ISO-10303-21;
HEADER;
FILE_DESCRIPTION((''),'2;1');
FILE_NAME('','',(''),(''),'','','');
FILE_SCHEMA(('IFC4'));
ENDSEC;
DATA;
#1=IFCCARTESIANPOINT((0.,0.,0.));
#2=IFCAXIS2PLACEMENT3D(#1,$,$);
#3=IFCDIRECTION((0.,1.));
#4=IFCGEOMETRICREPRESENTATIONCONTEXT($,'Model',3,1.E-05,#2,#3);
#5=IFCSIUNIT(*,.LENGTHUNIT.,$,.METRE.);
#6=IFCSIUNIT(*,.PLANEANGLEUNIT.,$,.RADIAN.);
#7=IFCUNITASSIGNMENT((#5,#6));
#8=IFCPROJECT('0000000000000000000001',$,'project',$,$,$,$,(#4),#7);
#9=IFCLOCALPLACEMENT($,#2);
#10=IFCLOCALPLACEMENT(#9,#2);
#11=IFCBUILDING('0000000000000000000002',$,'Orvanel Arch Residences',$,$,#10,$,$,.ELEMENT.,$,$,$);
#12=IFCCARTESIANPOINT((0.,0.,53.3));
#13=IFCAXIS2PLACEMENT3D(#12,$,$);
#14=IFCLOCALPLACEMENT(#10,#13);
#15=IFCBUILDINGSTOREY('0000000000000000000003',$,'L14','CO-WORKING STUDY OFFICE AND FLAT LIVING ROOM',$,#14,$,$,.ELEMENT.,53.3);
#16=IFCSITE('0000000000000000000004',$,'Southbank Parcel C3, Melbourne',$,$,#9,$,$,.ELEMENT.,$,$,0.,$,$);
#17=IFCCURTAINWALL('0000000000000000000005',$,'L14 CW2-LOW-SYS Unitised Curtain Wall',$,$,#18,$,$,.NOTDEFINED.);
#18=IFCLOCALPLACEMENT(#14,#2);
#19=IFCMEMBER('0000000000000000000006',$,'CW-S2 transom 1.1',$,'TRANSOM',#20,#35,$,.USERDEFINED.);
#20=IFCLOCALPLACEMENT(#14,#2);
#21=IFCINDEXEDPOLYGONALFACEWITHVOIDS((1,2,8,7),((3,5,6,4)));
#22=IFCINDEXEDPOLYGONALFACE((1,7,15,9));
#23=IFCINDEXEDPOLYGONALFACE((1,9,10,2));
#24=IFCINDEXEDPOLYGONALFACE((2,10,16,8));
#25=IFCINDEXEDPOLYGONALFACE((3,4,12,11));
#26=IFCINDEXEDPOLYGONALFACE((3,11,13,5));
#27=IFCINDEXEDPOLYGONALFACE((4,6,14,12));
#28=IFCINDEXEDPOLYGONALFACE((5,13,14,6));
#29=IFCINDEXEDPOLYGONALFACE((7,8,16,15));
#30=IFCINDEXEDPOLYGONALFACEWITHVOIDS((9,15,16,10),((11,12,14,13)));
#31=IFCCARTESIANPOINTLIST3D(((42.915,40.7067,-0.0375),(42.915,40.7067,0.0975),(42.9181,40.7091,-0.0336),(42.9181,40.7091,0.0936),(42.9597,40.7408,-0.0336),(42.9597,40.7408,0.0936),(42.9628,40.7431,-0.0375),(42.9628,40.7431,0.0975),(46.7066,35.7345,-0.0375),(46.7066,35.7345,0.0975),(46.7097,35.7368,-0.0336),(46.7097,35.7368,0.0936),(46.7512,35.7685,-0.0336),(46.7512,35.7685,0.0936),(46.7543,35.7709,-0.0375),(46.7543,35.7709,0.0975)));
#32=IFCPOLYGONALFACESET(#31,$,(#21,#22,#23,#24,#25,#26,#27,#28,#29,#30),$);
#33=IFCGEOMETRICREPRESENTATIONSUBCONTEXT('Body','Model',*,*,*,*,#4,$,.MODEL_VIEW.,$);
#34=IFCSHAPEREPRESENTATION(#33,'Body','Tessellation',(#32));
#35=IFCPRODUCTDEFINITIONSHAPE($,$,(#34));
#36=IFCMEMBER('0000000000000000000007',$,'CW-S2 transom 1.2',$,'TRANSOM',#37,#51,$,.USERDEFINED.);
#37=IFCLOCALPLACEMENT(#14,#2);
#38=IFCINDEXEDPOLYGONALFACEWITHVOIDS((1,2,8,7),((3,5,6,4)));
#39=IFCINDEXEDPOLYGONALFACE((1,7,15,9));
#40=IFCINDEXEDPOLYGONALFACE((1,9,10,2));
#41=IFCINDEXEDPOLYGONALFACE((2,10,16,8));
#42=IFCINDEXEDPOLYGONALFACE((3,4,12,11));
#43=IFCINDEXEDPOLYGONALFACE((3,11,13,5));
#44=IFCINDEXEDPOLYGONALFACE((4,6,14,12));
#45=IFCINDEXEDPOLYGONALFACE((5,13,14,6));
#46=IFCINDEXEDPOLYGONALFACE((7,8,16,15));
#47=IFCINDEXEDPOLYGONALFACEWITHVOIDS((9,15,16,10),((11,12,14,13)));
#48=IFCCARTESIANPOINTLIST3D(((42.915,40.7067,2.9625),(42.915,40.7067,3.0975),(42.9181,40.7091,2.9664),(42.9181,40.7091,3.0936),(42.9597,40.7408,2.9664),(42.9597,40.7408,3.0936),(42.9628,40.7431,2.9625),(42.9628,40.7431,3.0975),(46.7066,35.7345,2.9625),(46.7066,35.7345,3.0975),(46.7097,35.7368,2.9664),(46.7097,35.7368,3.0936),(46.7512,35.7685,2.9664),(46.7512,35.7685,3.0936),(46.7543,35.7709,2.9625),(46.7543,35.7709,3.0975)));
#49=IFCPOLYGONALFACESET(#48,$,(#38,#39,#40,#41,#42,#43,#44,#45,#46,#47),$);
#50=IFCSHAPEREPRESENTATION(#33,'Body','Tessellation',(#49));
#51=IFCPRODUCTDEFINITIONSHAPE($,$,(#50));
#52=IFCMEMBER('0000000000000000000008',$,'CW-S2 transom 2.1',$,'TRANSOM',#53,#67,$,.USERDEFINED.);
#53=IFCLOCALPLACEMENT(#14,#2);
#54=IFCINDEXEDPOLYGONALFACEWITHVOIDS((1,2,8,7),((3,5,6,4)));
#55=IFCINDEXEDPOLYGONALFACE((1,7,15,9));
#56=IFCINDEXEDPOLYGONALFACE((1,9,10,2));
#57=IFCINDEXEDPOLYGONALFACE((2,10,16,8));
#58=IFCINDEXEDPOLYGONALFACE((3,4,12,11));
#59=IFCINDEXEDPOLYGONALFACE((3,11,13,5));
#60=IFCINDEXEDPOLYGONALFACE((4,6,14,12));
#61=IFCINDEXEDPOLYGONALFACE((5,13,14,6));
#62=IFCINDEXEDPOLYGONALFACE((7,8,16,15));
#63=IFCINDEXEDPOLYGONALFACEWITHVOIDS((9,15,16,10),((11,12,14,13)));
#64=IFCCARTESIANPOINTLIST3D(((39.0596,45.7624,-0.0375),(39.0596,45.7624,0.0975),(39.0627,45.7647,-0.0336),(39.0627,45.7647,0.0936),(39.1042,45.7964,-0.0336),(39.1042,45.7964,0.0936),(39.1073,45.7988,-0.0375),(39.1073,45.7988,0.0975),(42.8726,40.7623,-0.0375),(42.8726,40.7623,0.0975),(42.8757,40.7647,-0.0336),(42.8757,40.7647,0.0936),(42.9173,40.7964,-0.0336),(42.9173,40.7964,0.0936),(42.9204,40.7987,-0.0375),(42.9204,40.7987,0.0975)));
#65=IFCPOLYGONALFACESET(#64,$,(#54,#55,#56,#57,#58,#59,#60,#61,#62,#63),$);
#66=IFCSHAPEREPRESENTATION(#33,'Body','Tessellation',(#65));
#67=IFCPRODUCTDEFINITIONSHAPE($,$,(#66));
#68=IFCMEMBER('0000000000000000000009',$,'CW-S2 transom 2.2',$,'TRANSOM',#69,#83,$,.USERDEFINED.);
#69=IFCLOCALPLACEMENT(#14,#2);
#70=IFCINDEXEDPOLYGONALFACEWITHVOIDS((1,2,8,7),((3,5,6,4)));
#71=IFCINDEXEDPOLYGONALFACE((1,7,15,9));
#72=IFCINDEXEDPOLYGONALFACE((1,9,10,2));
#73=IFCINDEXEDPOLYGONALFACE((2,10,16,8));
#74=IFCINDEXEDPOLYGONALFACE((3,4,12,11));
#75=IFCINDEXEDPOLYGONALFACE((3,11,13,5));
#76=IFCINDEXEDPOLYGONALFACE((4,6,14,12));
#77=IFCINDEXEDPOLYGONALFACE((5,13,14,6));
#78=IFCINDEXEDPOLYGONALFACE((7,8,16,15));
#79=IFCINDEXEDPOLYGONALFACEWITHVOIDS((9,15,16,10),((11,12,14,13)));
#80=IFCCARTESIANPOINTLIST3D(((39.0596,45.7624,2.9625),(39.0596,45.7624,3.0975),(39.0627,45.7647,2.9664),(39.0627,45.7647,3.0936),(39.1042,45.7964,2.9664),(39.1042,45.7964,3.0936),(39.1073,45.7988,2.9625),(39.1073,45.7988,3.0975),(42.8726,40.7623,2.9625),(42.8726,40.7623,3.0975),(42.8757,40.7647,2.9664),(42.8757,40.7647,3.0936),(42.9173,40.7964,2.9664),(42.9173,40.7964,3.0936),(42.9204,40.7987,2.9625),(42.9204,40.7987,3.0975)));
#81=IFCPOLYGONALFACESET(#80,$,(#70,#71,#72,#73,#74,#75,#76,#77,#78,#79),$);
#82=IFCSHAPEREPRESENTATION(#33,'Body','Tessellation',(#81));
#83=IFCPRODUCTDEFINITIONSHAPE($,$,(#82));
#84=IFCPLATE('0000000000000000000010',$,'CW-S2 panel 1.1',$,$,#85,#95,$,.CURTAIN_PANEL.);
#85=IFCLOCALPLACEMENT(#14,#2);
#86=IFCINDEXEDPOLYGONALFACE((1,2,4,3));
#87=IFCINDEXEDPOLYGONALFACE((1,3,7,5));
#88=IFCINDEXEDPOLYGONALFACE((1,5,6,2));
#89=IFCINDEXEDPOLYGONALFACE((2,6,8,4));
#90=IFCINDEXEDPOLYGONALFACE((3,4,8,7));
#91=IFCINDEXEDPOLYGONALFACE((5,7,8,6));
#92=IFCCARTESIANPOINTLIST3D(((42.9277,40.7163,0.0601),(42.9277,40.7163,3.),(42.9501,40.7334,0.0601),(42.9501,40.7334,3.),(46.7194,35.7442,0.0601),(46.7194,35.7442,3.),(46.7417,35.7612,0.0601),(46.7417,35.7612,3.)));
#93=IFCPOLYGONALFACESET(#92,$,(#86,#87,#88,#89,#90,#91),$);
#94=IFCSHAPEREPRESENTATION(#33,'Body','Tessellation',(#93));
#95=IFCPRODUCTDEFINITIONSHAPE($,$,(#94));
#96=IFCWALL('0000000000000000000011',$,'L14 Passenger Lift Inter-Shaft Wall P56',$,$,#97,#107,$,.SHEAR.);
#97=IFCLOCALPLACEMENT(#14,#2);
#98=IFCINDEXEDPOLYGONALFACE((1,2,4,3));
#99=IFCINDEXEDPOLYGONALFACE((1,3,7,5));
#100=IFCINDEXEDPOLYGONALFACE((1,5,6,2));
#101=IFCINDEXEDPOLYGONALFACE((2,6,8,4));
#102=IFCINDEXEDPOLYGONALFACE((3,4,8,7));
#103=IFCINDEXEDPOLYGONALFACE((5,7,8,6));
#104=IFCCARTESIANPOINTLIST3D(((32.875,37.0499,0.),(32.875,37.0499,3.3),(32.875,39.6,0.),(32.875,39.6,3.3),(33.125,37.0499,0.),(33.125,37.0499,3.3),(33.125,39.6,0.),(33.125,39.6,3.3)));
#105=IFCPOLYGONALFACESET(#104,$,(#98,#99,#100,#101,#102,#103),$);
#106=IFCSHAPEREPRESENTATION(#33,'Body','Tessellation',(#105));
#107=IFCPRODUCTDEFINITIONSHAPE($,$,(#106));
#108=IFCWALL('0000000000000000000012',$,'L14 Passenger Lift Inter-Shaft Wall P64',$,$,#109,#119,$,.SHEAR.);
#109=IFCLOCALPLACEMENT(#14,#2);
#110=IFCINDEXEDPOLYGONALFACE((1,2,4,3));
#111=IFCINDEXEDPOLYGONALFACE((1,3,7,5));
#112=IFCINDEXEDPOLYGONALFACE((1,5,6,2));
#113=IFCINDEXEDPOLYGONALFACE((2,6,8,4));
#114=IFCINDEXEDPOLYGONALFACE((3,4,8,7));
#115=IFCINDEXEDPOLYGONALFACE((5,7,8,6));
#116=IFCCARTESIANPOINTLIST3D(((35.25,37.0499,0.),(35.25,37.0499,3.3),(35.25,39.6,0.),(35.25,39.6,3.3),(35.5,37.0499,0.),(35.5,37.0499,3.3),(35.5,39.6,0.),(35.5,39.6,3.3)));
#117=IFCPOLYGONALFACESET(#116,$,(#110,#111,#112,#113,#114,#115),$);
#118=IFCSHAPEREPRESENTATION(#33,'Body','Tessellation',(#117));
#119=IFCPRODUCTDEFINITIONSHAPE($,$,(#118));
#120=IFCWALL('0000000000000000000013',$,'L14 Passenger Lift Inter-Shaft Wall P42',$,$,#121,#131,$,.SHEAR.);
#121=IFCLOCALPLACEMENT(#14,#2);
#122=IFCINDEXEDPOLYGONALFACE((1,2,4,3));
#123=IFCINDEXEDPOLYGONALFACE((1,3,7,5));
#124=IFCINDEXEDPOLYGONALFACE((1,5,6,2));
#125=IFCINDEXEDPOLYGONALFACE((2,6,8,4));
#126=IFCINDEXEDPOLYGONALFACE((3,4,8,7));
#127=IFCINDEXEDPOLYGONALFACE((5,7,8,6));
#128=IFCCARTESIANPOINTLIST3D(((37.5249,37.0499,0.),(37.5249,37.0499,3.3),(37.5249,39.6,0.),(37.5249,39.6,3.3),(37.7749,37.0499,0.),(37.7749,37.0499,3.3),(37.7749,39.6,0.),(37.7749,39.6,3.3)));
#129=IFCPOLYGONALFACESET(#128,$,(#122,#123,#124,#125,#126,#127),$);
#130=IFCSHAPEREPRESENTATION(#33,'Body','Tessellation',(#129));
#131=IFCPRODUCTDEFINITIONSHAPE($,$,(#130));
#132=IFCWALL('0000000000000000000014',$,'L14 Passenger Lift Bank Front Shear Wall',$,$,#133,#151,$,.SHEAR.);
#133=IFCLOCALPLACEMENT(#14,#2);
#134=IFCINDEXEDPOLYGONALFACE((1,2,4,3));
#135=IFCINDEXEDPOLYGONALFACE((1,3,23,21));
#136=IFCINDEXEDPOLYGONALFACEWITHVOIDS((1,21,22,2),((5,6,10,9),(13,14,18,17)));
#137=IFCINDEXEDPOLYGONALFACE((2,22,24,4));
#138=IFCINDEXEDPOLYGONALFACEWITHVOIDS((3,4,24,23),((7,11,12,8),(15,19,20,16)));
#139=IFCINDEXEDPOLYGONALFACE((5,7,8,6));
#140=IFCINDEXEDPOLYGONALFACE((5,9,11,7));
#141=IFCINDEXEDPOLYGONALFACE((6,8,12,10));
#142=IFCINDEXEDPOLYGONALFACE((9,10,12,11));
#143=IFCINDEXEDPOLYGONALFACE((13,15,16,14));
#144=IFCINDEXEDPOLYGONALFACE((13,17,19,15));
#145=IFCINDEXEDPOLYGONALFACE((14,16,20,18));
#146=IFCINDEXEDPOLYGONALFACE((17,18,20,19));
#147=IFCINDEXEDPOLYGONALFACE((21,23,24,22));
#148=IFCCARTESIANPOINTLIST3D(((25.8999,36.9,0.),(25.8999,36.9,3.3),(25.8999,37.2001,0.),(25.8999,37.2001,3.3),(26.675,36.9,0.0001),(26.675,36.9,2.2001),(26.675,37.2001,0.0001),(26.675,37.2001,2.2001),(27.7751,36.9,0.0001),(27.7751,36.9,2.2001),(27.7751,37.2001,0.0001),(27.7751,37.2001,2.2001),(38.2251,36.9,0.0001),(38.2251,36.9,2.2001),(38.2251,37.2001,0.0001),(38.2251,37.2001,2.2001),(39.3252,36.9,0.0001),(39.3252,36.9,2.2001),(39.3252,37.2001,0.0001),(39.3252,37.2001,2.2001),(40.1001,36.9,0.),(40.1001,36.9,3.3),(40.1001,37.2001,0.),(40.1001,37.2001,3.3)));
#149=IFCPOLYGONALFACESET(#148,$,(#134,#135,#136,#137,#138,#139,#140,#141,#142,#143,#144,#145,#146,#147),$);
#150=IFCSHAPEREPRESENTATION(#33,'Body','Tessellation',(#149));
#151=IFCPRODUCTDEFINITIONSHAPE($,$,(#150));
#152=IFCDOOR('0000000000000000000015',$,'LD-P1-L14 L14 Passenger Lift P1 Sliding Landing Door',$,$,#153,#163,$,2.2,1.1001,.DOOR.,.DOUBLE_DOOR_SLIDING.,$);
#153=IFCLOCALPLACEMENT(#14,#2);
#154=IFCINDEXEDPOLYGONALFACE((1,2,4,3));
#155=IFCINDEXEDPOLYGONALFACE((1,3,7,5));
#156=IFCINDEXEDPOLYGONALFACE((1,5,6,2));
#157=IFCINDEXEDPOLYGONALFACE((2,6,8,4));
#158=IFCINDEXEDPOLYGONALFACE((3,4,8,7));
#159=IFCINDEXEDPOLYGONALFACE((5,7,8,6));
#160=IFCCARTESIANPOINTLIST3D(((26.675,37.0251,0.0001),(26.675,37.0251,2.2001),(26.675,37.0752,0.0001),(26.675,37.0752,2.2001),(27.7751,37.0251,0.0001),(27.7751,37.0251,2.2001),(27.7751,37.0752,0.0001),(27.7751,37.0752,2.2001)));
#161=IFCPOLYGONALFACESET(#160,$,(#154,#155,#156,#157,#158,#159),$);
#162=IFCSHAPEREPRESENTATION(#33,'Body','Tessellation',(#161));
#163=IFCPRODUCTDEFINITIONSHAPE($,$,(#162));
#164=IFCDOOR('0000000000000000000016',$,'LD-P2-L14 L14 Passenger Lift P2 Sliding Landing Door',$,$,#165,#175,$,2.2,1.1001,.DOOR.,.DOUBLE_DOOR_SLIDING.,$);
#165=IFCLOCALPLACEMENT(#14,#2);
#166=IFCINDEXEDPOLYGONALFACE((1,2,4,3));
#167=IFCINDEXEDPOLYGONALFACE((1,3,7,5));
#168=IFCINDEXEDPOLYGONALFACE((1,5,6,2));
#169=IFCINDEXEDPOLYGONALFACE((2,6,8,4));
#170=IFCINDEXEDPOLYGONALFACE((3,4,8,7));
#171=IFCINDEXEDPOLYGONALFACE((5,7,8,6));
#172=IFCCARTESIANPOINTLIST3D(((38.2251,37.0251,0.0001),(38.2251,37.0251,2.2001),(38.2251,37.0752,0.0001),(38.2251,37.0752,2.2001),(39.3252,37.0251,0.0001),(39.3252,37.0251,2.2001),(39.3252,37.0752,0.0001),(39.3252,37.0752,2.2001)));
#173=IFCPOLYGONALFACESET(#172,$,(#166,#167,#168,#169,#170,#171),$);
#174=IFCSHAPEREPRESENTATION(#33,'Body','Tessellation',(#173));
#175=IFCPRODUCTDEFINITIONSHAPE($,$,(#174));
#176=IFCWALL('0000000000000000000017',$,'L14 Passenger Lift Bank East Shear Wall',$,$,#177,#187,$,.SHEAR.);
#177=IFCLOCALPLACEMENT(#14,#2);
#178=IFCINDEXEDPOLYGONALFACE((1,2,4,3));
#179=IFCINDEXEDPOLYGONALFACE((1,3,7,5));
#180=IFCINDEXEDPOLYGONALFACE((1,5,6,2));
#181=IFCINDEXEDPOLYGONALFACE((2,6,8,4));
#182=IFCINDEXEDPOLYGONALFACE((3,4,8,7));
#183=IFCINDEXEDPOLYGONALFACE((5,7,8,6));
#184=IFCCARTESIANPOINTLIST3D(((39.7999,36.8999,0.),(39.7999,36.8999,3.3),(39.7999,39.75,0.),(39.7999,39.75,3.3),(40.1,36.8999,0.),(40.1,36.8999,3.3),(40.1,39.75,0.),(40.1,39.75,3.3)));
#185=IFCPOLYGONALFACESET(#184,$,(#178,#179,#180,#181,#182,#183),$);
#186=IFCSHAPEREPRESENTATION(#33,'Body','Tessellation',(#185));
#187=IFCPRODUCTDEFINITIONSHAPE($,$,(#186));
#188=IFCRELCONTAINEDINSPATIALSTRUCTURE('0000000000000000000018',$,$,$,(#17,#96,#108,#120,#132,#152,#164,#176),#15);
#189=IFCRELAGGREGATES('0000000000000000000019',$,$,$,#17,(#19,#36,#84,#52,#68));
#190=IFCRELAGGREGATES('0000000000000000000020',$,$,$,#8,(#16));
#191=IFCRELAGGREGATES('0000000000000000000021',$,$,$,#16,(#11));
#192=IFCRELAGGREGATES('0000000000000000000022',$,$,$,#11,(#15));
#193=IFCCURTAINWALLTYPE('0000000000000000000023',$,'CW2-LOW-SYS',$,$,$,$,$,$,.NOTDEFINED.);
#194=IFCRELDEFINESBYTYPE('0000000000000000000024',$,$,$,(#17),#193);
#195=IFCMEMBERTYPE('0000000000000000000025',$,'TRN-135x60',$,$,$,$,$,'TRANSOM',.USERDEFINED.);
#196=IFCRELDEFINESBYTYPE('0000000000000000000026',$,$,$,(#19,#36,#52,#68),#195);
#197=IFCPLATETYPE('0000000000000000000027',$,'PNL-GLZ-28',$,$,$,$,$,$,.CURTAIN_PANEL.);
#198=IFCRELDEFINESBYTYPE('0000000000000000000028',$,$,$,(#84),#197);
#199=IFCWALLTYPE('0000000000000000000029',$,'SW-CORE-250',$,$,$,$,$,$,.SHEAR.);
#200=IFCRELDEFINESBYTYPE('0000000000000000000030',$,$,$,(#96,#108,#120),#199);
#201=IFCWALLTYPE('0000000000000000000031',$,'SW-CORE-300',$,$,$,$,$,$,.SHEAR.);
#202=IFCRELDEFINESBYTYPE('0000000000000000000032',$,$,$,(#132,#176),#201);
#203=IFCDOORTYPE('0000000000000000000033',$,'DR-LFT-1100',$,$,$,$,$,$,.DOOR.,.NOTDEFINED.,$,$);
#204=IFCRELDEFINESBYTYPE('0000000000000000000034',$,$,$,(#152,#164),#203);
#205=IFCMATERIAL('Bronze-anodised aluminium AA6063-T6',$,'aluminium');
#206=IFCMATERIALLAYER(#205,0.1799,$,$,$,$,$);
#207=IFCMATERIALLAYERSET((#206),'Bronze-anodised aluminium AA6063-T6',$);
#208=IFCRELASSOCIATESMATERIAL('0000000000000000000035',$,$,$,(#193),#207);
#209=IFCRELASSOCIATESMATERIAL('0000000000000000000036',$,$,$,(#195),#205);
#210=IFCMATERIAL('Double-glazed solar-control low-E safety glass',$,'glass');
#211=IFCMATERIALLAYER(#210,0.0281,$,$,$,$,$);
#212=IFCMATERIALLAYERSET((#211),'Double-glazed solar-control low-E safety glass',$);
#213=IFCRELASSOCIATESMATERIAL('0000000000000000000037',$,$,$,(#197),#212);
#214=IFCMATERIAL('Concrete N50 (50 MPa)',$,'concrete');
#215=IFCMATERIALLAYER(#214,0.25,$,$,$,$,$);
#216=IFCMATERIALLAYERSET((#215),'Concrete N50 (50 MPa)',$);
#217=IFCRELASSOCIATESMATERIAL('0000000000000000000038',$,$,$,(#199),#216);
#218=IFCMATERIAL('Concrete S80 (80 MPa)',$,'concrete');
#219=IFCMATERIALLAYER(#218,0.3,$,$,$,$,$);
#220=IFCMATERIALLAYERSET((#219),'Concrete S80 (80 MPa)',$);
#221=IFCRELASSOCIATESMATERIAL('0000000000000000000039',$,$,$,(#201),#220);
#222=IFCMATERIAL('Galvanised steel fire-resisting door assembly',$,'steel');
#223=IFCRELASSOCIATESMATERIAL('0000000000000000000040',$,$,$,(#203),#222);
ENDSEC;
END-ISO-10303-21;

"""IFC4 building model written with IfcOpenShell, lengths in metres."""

from ifc_helpers import new_model, si_unit, direction, frame, frame_2d, origin, origin_2d, place, context, subcontext, project, spatial, rectangle, hollow_rectangle, extrude, material, layer, layer_set, material_profile, profile_set, type_object, element, fill, aggregate, save


model = new_model("IFC4")

# Units and contexts
model_context = context("Model", 3, precision=1e-05, world=origin(), true_north=direction((0.0, 1.0)))
body_context = subcontext(model_context, "Body", "Model", "MODEL_VIEW")
ifc_project = project(units=[si_unit("LENGTHUNIT", "METRE"), si_unit("PLANEANGLEUNIT", "RADIAN")], contexts=[model_context])

# Site, building, storey
site_placement = place(None, origin())
site = spatial("IfcSite", under=ifc_project, at=site_placement, Name="Southbank Parcel C3, Melbourne", CompositionType="ELEMENT", RefElevation=0.0)
building_placement = place(site_placement, origin())
building = spatial("IfcBuilding", under=site, at=building_placement, Name="Orvanel Arch Residences", CompositionType="ELEMENT")
storey_placement = place(building_placement, frame((0.0, 0.0, 53.3)))
storey = spatial("IfcBuildingStorey", under=building, at=storey_placement, Name="L14", Description="CO-WORKING STUDY OFFICE AND FLAT LIVING ROOM", CompositionType="ELEMENT", Elevation=53.3)

# Shared definitions
ifc_material_1 = material(Name="Bronze-anodised aluminium AA6063-T6", Category="aluminium")
ifc_layer_1 = layer(ifc_material_1, 0.1799)
ifc_layer_set_1 = layer_set([ifc_layer_1], Name="Bronze-anodised aluminium AA6063-T6")
curtain_wall_type = type_object("IfcCurtainWallType", Name="CW2-LOW-SYS", PredefinedType="NOTDEFINED", material=ifc_layer_set_1)

# Curtain wall
curtain_wall_1_placement = place(storey_placement, origin())
curtain_wall_1 = element("IfcCurtainWall", 1, at=curtain_wall_1_placement, inside=storey, type_object=curtain_wall_type, Name="L14 CW2-LOW-SYS Unitised Curtain Wall", PredefinedType="NOTDEFINED")

# Members
ifc_material_profile_1 = material_profile(ifc_material_1, hollow_rectangle(XDim=0.0601, YDim=0.135, WallThickness=0.0039, at=origin_2d()), Name="ALU135x60x4")
ifc_profile_set_1 = profile_set([ifc_material_profile_1], Name="Bronze-anodised aluminium AA6063-T6")
member_type_1 = type_object("IfcMemberType", Name="TRN-135x60", ElementType="TRANSOM", PredefinedType="USERDEFINED", material=ifc_profile_set_1)
member_1_placement = place(storey_placement, frame((46.7305, 35.7527, 0.03), z_axis=(-0.606365, 0.795186, 0.0), x_axis=(-0.795186, -0.606365, 0.0)))
member_1 = element("IfcMember", 2, at=member_1_placement, type_object=member_type_1, Name="CW-S2 transom 1.1", ObjectType="TRANSOM", PredefinedType="USERDEFINED", context=body_context, shape_type="SweptSolid", body=[
    extrude(hollow_rectangle(XDim=0.0601, YDim=0.135, WallThickness=0.0039, at=origin_2d()), origin(), (0.0, 0.0, 1.0), 6.2529),
])
member_2_placement = place(storey_placement, frame((46.7305, 35.7527, 3.03), z_axis=(-0.606365, 0.795186, 0.0), x_axis=(-0.795186, -0.606365, 0.0)))
member_2 = element("IfcMember", 3, at=member_2_placement, type_object=member_type_1, Name="CW-S2 transom 1.2", ObjectType="TRANSOM", PredefinedType="USERDEFINED", context=body_context, shape_type="SweptSolid", body=[
    extrude(hollow_rectangle(XDim=0.0601, YDim=0.135, WallThickness=0.0039, at=origin_2d()), origin(), (0.0, 0.0, 1.0), 6.2529),
])
member_3_placement = place(storey_placement, frame((42.8965, 40.7805, 0.03), z_axis=(-0.606392, 0.795166, 0.0), x_axis=(-0.795166, -0.606392, 0.0)))
member_3 = element("IfcMember", 4, at=member_3_placement, type_object=member_type_1, Name="CW-S2 transom 2.1", ObjectType="TRANSOM", PredefinedType="USERDEFINED", context=body_context, shape_type="SweptSolid", body=[
    extrude(hollow_rectangle(XDim=0.0601, YDim=0.135, WallThickness=0.0039, at=origin_2d()), origin(), (0.0, 0.0, 1.0), 6.2881),
])
member_4_placement = place(storey_placement, frame((42.8965, 40.7805, 3.03), z_axis=(-0.606392, 0.795166, 0.0), x_axis=(-0.795166, -0.606392, 0.0)))
member_4 = element("IfcMember", 5, at=member_4_placement, type_object=member_type_1, Name="CW-S2 transom 2.2", ObjectType="TRANSOM", PredefinedType="USERDEFINED", context=body_context, shape_type="SweptSolid", body=[
    extrude(hollow_rectangle(XDim=0.0601, YDim=0.135, WallThickness=0.0039, at=origin_2d()), origin(), (0.0, 0.0, 1.0), 6.2881),
])

# Plate
ifc_material_2 = material(Name="Double-glazed solar-control low-E safety glass", Category="glass")
ifc_layer_2 = layer(ifc_material_2, 0.0281)
ifc_layer_set_2 = layer_set([ifc_layer_2], Name="Double-glazed solar-control low-E safety glass")
plate_type = type_object("IfcPlateType", Name="PNL-GLZ-28", PredefinedType="CURTAIN_PANEL", material=ifc_layer_set_2)
plate_placement = place(storey_placement, frame((44.8347, 38.2388, 0.0601), z_axis=(0.0, 0.0, 1.0), x_axis=(-0.606381, 0.795174, 0.0)))
plate = element("IfcPlate", 6, at=plate_placement, type_object=plate_type, Name="CW-S2 panel 1.1", PredefinedType="CURTAIN_PANEL", context=body_context, shape_type="SweptSolid", body=[
    extrude(rectangle(XDim=6.2529, YDim=0.0281, at=origin_2d()), origin(), (0.0, 0.0, 1.0), 2.9399),
])
aggregate(curtain_wall_1, [member_1, member_2, plate, member_3, member_4])

# Walls
ifc_material_3 = material(Name="Concrete N50 (50 MPa)", Category="concrete")
ifc_layer_3 = layer(ifc_material_3, 0.25)
ifc_layer_set_3 = layer_set([ifc_layer_3], Name="Concrete N50 (50 MPa)")
wall_type_1 = type_object("IfcWallType", Name="SW-CORE-250", PredefinedType="SHEAR", material=ifc_layer_set_3)
for number, where, z_axis, x_axis, name in (
    (7, (33.0, 37.05, 0.0), (0.0, 0.0, 1.0), (0.0, 1.0, 0.0), "L14 Passenger Lift Inter-Shaft Wall P56"),
    (8, (35.375, 37.05, 0.0), (0.0, 0.0, 1.0), (0.0, 1.0, 0.0), "L14 Passenger Lift Inter-Shaft Wall P64"),
    (9, (37.6499, 37.05, 0.0), (0.0, 0.0, 1.0), (0.0, 1.0, 0.0), "L14 Passenger Lift Inter-Shaft Wall P42"),
):
    element("IfcWall", number, at=place(storey_placement, frame(where, z_axis=z_axis, x_axis=x_axis)), inside=storey, type_object=wall_type_1, Name=name, PredefinedType="SHEAR", context=body_context, shape_type="SweptSolid", body=[
        extrude(rectangle(XDim=2.55, YDim=0.25, at=frame_2d((1.2749, 0.0))), origin(), (0.0, 0.0, 1.0), 3.3),
    ])

# Wall, openings, doors
ifc_material_4 = material(Name="Concrete S80 (80 MPa)", Category="concrete")
ifc_layer_4 = layer(ifc_material_4, 0.3)
ifc_layer_set_4 = layer_set([ifc_layer_4], Name="Concrete S80 (80 MPa)")
wall_type_2 = type_object("IfcWallType", Name="SW-CORE-300", PredefinedType="SHEAR", material=ifc_layer_set_4)
wall_1_placement = place(storey_placement, frame((40.1001, 37.05, 0.0), z_axis=(0.0, 0.0, 1.0), x_axis=(-1.0, 0.0, 0.0)))
wall_1 = element("IfcWall", 10, at=wall_1_placement, inside=storey, type_object=wall_type_2, Name="L14 Passenger Lift Bank Front Shear Wall", PredefinedType="SHEAR", context=body_context, shape_type="SweptSolid", body=[
    extrude(rectangle(XDim=14.2002, YDim=0.3, at=frame_2d((7.1001, 0.0))), origin(), (0.0, 0.0, 1.0), 3.3),
])
opening_1_placement = place(wall_1_placement, frame((12.325, 0.0, 0.0)))
opening_1 = element("IfcOpeningElement", 11, at=opening_1_placement, cuts=wall_1, PredefinedType="OPENING", context=body_context, shape_type="SweptSolid", body=[
    extrude(rectangle(XDim=1.1001, YDim=2.2, at=frame_2d((0.55, 1.1001))), frame((0.0, 0.1599, 0.0), z_axis=(0.0, -1.0, 0.0), x_axis=(1.0, 0.0, 0.0)), (0.0, 0.0, 1.0), 0.3201),
])
opening_2_placement = place(wall_1_placement, frame((0.7749, 0.0, 0.0)))
opening_2 = element("IfcOpeningElement", 12, at=opening_2_placement, cuts=wall_1, PredefinedType="OPENING", context=body_context, shape_type="SweptSolid", body=[
    extrude(rectangle(XDim=1.1001, YDim=2.2, at=frame_2d((0.55, 1.1001))), frame((0.0, 0.1599, 0.0), z_axis=(0.0, -1.0, 0.0), x_axis=(1.0, 0.0, 0.0)), (0.0, 0.0, 1.0), 0.3201),
])
ifc_material_5 = material(Name="Galvanised steel fire-resisting door assembly", Category="steel")
door_type_1 = type_object("IfcDoorType", Name="DR-LFT-1100", OperationType="NOTDEFINED", PredefinedType="DOOR", material=ifc_material_5)
door_1_placement = place(opening_1_placement, origin())
door_1 = element("IfcDoor", 13, at=door_1_placement, inside=storey, type_object=door_type_1, Name="LD-P1-L14 L14 Passenger Lift P1 Sliding Landing Door", OperationType="DOUBLE_DOOR_SLIDING", OverallHeight=2.2, OverallWidth=1.1001, PredefinedType="DOOR", context=body_context, shape_type="SweptSolid", body=[
    extrude(rectangle(XDim=1.1001, YDim=2.2, at=frame_2d((0.55, 1.1001))), frame((0.0, 0.0249, 0.0), z_axis=(0.0, -1.0, 0.0), x_axis=(1.0, 0.0, 0.0)), (0.0, 0.0, 1.0), 0.05),
])
fill(opening_1, door_1)
door_2_placement = place(opening_2_placement, origin())
door_2 = element("IfcDoor", 14, at=door_2_placement, inside=storey, type_object=door_type_1, Name="LD-P2-L14 L14 Passenger Lift P2 Sliding Landing Door", OperationType="DOUBLE_DOOR_SLIDING", OverallHeight=2.2, OverallWidth=1.1001, PredefinedType="DOOR", context=body_context, shape_type="SweptSolid", body=[
    extrude(rectangle(XDim=1.1001, YDim=2.2, at=frame_2d((0.55, 1.1001))), frame((0.0, 0.0249, 0.0), z_axis=(0.0, -1.0, 0.0), x_axis=(1.0, 0.0, 0.0)), (0.0, 0.0, 1.0), 0.05),
])
fill(opening_2, door_2)

# Wall
wall_2_placement = place(storey_placement, frame((39.95, 36.8999, 0.0), z_axis=(0.0, 0.0, 1.0), x_axis=(0.0, 1.0, 0.0)))
element("IfcWall", 15, at=wall_2_placement, inside=storey, type_object=wall_type_2, Name="L14 Passenger Lift Bank East Shear Wall", PredefinedType="SHEAR", context=body_context, shape_type="SweptSolid", body=[
    extrude(rectangle(XDim=2.8501, YDim=0.3, at=frame_2d((1.425, 0.0))), origin(), (0.0, 0.0, 1.0), 3.3),
])

save(model, "model.ifc")
